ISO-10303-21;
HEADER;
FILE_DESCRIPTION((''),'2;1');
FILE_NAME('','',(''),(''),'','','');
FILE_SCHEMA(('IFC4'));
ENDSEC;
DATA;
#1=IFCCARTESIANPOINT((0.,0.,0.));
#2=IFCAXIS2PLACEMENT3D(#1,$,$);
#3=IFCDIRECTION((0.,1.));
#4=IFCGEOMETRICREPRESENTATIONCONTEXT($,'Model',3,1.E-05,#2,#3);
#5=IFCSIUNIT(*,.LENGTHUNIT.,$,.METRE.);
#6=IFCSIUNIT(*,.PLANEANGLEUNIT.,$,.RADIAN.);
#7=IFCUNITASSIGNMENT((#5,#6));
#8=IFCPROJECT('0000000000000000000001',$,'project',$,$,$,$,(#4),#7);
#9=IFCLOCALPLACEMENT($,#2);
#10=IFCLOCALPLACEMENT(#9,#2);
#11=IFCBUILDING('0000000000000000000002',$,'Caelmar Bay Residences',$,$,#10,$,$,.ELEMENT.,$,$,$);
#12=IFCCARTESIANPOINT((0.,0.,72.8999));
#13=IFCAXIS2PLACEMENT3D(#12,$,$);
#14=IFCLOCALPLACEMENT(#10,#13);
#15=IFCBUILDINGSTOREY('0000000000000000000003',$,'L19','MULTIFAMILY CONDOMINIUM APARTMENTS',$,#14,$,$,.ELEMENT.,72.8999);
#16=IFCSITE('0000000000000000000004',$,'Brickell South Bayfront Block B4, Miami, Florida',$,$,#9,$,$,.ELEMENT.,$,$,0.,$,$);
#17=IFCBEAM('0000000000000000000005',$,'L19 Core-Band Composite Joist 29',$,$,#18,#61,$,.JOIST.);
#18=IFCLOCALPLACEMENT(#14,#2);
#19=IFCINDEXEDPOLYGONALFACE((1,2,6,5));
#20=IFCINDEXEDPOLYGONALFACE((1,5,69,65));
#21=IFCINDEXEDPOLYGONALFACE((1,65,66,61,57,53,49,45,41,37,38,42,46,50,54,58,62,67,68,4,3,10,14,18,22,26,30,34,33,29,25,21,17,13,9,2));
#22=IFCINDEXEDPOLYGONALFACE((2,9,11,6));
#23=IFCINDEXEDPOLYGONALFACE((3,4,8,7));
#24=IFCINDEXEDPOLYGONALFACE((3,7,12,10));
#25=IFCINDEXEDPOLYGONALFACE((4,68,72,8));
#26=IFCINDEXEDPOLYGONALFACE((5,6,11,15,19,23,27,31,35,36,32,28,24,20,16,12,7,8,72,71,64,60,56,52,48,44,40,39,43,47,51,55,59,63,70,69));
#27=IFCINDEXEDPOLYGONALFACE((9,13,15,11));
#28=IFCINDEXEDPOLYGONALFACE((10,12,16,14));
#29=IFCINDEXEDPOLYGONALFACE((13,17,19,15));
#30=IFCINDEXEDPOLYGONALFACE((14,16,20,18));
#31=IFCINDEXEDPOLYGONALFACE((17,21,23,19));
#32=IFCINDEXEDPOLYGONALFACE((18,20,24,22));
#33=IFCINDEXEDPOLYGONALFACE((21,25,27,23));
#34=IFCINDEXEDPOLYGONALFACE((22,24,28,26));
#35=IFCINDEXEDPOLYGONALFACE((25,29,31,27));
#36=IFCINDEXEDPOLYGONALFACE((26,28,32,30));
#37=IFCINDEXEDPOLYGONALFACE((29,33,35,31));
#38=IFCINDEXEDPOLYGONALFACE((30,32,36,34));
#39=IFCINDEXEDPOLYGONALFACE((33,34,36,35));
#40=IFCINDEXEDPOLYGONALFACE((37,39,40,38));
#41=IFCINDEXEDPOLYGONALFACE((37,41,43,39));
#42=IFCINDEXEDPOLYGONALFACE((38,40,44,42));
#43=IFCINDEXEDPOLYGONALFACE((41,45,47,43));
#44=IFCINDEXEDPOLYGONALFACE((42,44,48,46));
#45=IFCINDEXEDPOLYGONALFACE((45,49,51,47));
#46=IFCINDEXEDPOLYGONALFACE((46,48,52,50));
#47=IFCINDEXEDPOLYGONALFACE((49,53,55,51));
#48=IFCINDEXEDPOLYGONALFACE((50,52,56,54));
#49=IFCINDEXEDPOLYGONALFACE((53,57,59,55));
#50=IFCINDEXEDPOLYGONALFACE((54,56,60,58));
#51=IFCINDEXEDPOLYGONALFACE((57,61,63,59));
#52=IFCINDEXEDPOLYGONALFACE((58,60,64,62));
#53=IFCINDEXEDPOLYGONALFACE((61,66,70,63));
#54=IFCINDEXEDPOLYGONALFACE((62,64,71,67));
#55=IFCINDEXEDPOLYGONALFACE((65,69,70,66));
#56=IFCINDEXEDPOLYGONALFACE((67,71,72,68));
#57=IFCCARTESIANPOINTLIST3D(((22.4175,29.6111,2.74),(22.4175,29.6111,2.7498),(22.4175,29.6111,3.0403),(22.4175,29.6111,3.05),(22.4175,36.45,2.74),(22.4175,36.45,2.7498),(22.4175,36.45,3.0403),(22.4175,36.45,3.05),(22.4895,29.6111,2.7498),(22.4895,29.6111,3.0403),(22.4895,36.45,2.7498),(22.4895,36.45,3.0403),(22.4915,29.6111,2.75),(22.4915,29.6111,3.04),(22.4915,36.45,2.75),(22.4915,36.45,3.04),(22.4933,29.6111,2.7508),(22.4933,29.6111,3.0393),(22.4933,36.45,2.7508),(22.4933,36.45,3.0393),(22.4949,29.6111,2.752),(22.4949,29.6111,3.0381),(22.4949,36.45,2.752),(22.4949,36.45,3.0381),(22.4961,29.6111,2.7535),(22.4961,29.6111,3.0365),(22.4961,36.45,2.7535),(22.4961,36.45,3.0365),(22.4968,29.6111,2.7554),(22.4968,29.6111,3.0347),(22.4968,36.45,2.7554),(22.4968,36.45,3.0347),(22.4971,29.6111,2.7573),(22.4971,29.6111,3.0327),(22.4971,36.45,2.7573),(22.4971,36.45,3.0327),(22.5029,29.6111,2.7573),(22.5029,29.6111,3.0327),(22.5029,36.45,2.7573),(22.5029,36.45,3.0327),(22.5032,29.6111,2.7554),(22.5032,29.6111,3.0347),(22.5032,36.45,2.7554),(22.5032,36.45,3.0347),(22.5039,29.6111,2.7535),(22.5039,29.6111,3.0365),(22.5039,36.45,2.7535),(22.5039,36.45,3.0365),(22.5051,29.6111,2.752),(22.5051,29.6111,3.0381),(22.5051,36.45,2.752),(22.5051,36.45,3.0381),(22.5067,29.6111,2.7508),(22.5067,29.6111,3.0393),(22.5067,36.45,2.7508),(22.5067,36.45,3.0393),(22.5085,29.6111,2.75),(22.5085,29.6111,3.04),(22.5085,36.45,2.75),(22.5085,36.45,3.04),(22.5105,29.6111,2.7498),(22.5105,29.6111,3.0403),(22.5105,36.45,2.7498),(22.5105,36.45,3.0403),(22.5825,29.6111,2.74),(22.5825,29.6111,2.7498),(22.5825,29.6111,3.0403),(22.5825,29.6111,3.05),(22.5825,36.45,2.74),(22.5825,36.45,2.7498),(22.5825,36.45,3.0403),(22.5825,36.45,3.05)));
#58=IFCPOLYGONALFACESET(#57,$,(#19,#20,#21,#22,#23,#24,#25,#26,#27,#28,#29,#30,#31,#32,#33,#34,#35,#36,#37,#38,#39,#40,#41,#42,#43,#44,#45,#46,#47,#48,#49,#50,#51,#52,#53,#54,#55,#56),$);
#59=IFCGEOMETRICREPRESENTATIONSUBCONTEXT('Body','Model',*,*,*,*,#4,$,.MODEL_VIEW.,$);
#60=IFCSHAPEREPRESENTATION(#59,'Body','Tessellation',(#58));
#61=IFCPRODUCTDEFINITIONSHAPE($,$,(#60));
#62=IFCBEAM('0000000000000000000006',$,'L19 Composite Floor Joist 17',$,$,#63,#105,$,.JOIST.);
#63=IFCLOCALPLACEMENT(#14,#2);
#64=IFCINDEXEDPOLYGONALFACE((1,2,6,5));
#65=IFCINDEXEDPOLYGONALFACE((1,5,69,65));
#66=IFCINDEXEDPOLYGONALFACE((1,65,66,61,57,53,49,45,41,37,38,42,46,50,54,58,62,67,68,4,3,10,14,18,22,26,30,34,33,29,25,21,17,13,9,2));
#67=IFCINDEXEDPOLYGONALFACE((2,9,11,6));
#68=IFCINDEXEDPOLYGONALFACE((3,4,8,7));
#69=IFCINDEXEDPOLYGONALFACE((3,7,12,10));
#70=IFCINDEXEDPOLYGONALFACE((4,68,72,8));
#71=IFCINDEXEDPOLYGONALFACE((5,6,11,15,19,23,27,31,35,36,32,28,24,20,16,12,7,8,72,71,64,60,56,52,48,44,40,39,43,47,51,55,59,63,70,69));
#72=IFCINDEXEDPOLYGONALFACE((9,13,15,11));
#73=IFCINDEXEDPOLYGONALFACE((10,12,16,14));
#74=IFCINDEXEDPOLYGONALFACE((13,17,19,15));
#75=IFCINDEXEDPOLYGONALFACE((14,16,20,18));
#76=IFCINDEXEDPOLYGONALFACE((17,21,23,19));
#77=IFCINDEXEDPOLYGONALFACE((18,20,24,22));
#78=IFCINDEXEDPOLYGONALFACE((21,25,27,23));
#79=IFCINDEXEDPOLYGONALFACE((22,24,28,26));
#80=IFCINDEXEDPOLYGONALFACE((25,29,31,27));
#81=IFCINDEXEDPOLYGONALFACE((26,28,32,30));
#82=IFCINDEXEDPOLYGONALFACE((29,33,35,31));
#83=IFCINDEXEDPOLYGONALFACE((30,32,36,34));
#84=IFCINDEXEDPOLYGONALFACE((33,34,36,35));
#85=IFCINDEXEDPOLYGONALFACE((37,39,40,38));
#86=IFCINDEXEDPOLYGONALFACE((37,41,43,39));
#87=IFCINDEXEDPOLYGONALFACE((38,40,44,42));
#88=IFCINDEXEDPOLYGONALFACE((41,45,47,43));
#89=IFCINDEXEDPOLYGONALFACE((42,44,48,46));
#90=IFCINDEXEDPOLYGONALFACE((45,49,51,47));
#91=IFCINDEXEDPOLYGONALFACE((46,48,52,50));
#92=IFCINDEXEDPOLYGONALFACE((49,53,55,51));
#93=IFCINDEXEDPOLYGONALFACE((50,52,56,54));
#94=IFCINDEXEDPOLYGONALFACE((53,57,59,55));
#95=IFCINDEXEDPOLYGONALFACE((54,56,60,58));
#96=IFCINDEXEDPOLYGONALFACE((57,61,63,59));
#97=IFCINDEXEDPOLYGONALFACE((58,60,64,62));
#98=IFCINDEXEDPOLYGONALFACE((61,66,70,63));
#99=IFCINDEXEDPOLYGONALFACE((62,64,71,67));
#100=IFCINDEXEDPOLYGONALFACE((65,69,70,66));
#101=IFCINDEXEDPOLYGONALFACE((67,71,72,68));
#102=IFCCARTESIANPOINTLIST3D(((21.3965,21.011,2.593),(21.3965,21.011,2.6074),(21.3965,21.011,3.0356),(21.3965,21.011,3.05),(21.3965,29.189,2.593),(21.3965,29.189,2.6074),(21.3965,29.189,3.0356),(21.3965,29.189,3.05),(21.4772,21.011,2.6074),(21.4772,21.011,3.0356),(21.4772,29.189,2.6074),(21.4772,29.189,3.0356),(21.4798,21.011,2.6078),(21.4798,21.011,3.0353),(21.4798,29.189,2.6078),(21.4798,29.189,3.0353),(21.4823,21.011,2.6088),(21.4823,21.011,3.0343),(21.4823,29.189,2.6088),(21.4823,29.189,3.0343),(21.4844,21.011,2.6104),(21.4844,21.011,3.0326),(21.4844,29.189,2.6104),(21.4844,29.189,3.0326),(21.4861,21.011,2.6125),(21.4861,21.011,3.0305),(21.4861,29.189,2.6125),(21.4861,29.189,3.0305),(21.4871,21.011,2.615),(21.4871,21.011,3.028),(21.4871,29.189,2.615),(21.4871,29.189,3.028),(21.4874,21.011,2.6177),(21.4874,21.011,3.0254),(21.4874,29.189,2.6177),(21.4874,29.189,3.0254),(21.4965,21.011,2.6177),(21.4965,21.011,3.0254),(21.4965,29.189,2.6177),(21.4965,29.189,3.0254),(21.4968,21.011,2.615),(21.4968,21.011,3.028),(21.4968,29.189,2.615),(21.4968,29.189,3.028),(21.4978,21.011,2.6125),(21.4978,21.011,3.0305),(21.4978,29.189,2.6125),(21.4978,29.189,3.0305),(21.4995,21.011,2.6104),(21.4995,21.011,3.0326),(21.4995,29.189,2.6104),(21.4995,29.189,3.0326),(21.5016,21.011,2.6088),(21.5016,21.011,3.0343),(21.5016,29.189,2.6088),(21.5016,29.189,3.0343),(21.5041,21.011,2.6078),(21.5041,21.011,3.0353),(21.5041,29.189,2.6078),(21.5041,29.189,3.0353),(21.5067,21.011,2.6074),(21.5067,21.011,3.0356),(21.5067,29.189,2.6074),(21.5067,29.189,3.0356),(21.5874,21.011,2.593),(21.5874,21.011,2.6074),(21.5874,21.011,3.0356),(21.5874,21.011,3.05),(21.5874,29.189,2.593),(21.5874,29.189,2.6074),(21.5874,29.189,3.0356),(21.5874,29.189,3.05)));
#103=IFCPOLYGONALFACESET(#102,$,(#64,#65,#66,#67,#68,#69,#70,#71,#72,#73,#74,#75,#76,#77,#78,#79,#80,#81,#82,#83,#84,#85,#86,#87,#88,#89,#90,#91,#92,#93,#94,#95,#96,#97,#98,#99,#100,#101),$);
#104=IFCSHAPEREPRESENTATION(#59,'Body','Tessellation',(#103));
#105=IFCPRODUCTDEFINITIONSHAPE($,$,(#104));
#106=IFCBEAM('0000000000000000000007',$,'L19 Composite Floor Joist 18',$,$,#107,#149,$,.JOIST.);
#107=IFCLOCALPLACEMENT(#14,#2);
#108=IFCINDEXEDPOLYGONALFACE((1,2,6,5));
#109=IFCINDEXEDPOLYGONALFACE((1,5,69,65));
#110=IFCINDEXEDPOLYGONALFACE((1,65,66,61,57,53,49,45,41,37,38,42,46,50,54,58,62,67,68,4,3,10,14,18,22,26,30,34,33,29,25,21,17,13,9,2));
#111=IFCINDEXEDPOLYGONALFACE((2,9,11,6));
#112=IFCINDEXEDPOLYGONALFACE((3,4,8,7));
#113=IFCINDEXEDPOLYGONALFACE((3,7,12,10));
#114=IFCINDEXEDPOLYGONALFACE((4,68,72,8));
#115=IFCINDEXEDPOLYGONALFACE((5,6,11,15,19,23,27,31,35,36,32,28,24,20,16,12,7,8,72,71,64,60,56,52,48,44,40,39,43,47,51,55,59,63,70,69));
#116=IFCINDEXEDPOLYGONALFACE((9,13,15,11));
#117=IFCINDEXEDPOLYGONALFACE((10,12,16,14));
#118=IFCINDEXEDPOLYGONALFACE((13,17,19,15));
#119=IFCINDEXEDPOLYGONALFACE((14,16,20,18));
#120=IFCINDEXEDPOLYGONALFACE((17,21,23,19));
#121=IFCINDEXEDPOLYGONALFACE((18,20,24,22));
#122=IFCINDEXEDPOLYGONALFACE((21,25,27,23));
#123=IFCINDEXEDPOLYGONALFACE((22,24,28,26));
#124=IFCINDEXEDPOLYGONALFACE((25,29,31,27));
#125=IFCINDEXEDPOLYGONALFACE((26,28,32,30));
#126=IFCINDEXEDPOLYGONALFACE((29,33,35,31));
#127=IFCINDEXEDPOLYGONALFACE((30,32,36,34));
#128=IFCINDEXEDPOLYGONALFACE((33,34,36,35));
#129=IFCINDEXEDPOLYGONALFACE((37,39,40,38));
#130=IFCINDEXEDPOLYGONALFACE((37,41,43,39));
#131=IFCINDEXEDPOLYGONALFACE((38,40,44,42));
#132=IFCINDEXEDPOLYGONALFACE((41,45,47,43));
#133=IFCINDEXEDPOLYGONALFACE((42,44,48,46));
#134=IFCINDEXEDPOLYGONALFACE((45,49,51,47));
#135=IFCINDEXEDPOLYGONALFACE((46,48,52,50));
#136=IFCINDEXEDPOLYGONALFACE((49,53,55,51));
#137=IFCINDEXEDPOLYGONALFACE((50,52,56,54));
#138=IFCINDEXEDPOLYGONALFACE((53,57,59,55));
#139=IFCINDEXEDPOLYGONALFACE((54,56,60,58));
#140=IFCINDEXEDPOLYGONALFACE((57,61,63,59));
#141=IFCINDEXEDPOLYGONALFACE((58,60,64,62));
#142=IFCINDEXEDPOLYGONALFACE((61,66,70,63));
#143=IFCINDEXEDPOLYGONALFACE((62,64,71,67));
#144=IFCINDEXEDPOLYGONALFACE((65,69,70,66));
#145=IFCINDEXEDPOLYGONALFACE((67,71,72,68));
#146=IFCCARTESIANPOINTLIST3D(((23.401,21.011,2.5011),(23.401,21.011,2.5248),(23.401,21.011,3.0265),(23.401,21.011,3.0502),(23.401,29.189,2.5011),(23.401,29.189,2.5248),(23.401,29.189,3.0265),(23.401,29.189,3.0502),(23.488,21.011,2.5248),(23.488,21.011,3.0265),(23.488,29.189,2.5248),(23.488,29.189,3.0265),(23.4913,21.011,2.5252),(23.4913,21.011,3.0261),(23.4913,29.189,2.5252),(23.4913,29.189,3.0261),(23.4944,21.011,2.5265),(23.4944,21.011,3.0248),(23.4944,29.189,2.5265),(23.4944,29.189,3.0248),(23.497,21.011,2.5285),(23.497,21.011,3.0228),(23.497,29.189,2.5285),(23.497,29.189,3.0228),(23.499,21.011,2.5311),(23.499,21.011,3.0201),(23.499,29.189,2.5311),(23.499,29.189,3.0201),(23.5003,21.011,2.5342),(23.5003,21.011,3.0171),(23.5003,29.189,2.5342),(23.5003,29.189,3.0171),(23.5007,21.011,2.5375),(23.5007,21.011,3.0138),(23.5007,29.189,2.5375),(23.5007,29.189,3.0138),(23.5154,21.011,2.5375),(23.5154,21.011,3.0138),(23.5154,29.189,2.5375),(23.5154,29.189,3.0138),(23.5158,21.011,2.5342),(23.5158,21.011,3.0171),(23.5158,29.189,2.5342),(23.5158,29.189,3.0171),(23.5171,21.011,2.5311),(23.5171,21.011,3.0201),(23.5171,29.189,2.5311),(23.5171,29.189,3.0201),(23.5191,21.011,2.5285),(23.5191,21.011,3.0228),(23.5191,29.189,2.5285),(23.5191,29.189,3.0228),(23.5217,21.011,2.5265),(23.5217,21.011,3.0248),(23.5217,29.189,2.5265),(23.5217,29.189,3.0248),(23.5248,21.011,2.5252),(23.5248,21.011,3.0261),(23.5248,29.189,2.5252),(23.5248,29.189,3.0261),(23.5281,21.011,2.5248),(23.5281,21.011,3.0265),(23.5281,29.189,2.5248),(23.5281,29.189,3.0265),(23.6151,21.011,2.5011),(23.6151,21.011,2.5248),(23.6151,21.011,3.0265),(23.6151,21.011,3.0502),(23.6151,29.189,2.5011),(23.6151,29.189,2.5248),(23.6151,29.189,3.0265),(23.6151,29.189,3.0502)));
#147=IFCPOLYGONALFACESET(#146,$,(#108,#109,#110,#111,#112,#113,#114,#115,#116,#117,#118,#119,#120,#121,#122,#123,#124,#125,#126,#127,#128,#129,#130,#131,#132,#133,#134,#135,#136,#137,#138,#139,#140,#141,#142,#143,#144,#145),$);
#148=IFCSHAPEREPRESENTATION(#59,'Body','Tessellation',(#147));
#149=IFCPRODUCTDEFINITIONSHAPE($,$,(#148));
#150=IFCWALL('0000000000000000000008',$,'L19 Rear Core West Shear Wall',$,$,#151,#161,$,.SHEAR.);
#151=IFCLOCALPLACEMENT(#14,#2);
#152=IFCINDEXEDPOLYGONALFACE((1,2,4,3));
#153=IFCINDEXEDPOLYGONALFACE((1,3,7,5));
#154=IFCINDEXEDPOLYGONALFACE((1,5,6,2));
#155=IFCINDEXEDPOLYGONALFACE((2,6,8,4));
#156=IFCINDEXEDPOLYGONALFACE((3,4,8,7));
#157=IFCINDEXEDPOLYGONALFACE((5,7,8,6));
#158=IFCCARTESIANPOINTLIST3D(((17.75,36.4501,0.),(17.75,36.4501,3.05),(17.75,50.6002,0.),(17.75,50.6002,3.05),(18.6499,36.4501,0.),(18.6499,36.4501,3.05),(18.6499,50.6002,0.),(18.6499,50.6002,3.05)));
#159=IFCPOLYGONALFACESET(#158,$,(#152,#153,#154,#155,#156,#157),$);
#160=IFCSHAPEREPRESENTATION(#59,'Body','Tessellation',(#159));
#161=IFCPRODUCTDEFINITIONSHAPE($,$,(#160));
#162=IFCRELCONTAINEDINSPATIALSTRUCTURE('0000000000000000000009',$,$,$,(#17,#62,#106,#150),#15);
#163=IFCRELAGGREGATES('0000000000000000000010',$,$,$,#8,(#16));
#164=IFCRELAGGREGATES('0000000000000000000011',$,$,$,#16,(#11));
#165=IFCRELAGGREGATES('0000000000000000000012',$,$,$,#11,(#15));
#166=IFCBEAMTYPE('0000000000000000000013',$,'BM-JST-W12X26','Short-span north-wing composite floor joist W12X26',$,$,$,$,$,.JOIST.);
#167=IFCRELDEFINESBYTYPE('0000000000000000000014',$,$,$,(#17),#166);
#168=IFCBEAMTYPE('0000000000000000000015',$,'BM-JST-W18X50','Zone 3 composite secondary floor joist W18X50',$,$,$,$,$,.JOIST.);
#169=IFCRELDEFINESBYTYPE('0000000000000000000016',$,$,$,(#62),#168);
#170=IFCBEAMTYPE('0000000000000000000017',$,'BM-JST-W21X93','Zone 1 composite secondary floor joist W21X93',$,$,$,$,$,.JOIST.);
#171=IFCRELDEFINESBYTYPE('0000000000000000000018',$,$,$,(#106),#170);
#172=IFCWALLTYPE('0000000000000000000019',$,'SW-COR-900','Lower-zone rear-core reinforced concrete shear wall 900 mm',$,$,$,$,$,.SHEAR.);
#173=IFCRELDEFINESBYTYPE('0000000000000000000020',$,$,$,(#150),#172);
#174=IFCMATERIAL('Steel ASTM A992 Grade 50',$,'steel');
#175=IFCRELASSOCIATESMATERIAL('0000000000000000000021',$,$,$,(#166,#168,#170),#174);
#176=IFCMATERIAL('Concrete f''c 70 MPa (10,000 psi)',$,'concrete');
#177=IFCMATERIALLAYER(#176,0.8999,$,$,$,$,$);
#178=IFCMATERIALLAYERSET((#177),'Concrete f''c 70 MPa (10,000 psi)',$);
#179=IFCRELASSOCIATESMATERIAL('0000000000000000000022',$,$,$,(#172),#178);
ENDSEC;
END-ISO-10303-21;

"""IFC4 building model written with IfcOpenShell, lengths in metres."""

from ifc_helpers import new_model, si_unit, direction, frame, frame_2d, origin, origin_2d, place, context, subcontext, project, spatial, rectangle, i_section, extrude, material, layer, layer_set, material_profile, profile_set, type_object, element, save


model = new_model("IFC4")

# Units and contexts
model_context = context("Model", 3, precision=1e-05, world=origin(), true_north=direction((0.0, 1.0)))
body_context = subcontext(model_context, "Body", "Model", "MODEL_VIEW")
ifc_project = project(units=[si_unit("LENGTHUNIT", "METRE"), si_unit("PLANEANGLEUNIT", "RADIAN")], contexts=[model_context])

# Site, building, storey
site_placement = place(None, origin())
site = spatial("IfcSite", under=ifc_project, at=site_placement, Name="Brickell South Bayfront Block B4, Miami, Florida", CompositionType="ELEMENT", RefElevation=0.0)
building_placement = place(site_placement, origin())
building = spatial("IfcBuilding", under=site, at=building_placement, Name="Caelmar Bay Residences", CompositionType="ELEMENT")
storey_placement = place(building_placement, frame((0.0, 0.0, 72.8999)))
storey = spatial("IfcBuildingStorey", under=building, at=storey_placement, Name="L19", Description="MULTIFAMILY CONDOMINIUM APARTMENTS", CompositionType="ELEMENT", Elevation=72.8999)

# Shared definitions
ifc_material_1 = material(Name="Concrete f'c 70 MPa (10,000 psi)", Category="concrete")

# Beams
ifc_material_2 = material(Name="Steel ASTM A992 Grade 50", Category="steel")
ifc_material_profile_1 = material_profile(ifc_material_2, i_section(OverallWidth=0.165, OverallDepth=0.3101, WebThickness=0.0059, FlangeThickness=0.0098, FilletRadius=0.0076, at=origin_2d()), Name="W12X26")
ifc_profile_set_1 = profile_set([ifc_material_profile_1], Name="Steel ASTM A992 Grade 50")
beam_type_1 = type_object("IfcBeamType", Name="BM-JST-W12X26", Description="Short-span north-wing composite floor joist W12X26", PredefinedType="JOIST", material=ifc_profile_set_1)
beam_1_placement = place(storey_placement, frame((22.5, 29.6111, 2.895), z_axis=(0.0, 1.0, 0.0), x_axis=(-1.0, 0.0, 0.0)))
element("IfcBeam", 1, at=beam_1_placement, inside=storey, type_object=beam_type_1, Name="L19 Core-Band Composite Joist 29", PredefinedType="JOIST", context=body_context, shape_type="SweptSolid", body=[
    extrude(i_section(OverallWidth=0.165, OverallDepth=0.3101, WebThickness=0.0059, FlangeThickness=0.0098, FilletRadius=0.0076, at=origin_2d()), origin(), (0.0, 0.0, 1.0), 6.8389),
])
ifc_material_profile_2 = material_profile(ifc_material_2, i_section(OverallWidth=0.1909, OverallDepth=0.457, WebThickness=0.009, FlangeThickness=0.0144, FilletRadius=0.0103, at=origin_2d()), Name="W18X50")
ifc_profile_set_2 = profile_set([ifc_material_profile_2], Name="Steel ASTM A992 Grade 50")
beam_type_2 = type_object("IfcBeamType", Name="BM-JST-W18X50", Description="Zone 3 composite secondary floor joist W18X50", PredefinedType="JOIST", material=ifc_profile_set_2)
beam_2_placement = place(storey_placement, frame((21.4919, 21.011, 2.8215), z_axis=(0.0, 1.0, 0.0), x_axis=(-1.0, 0.0, 0.0)))
element("IfcBeam", 2, at=beam_2_placement, inside=storey, type_object=beam_type_2, Name="L19 Composite Floor Joist 17", PredefinedType="JOIST", context=body_context, shape_type="SweptSolid", body=[
    extrude(i_section(OverallWidth=0.1909, OverallDepth=0.457, WebThickness=0.009, FlangeThickness=0.0144, FilletRadius=0.0103, at=origin_2d()), origin(), (0.0, 0.0, 1.0), 8.178),
])
ifc_material_profile_3 = material_profile(ifc_material_2, i_section(OverallWidth=0.2141, OverallDepth=0.5491, WebThickness=0.0146, FlangeThickness=0.0237, FilletRadius=0.0127, at=origin_2d()), Name="W21X93")
ifc_profile_set_3 = profile_set([ifc_material_profile_3], Name="Steel ASTM A992 Grade 50")
beam_type_3 = type_object("IfcBeamType", Name="BM-JST-W21X93", Description="Zone 1 composite secondary floor joist W21X93", PredefinedType="JOIST", material=ifc_profile_set_3)
beam_3_placement = place(storey_placement, frame((23.5081, 21.011, 2.7756), z_axis=(0.0, 1.0, 0.0), x_axis=(-1.0, 0.0, 0.0)))
element("IfcBeam", 3, at=beam_3_placement, inside=storey, type_object=beam_type_3, Name="L19 Composite Floor Joist 18", PredefinedType="JOIST", context=body_context, shape_type="SweptSolid", body=[
    extrude(i_section(OverallWidth=0.2141, OverallDepth=0.5491, WebThickness=0.0146, FlangeThickness=0.0237, FilletRadius=0.0127, at=origin_2d()), origin(), (0.0, 0.0, 1.0), 8.178),
])

# Wall
ifc_layer_1 = layer(ifc_material_1, 0.8999)
ifc_layer_set_1 = layer_set([ifc_layer_1], Name="Concrete f'c 70 MPa (10,000 psi)")
wall_type_1 = type_object("IfcWallType", Name="SW-COR-900", Description="Lower-zone rear-core reinforced concrete shear wall 900 mm", PredefinedType="SHEAR", material=ifc_layer_set_1)
wall_1_placement = place(storey_placement, frame((18.2, 36.45, 0.0), z_axis=(0.0, 0.0, 1.0), x_axis=(0.0, 1.0, 0.0)))
element("IfcWall", 4, at=wall_1_placement, inside=storey, type_object=wall_type_1, Name="L19 Rear Core West Shear Wall", PredefinedType="SHEAR", context=body_context, shape_type="SweptSolid", body=[
    extrude(rectangle(XDim=14.1501, YDim=0.8999, at=frame_2d((7.0752, 0.0))), origin(), (0.0, 0.0, 1.0), 3.05),
])

save(model, "model.ifc")
